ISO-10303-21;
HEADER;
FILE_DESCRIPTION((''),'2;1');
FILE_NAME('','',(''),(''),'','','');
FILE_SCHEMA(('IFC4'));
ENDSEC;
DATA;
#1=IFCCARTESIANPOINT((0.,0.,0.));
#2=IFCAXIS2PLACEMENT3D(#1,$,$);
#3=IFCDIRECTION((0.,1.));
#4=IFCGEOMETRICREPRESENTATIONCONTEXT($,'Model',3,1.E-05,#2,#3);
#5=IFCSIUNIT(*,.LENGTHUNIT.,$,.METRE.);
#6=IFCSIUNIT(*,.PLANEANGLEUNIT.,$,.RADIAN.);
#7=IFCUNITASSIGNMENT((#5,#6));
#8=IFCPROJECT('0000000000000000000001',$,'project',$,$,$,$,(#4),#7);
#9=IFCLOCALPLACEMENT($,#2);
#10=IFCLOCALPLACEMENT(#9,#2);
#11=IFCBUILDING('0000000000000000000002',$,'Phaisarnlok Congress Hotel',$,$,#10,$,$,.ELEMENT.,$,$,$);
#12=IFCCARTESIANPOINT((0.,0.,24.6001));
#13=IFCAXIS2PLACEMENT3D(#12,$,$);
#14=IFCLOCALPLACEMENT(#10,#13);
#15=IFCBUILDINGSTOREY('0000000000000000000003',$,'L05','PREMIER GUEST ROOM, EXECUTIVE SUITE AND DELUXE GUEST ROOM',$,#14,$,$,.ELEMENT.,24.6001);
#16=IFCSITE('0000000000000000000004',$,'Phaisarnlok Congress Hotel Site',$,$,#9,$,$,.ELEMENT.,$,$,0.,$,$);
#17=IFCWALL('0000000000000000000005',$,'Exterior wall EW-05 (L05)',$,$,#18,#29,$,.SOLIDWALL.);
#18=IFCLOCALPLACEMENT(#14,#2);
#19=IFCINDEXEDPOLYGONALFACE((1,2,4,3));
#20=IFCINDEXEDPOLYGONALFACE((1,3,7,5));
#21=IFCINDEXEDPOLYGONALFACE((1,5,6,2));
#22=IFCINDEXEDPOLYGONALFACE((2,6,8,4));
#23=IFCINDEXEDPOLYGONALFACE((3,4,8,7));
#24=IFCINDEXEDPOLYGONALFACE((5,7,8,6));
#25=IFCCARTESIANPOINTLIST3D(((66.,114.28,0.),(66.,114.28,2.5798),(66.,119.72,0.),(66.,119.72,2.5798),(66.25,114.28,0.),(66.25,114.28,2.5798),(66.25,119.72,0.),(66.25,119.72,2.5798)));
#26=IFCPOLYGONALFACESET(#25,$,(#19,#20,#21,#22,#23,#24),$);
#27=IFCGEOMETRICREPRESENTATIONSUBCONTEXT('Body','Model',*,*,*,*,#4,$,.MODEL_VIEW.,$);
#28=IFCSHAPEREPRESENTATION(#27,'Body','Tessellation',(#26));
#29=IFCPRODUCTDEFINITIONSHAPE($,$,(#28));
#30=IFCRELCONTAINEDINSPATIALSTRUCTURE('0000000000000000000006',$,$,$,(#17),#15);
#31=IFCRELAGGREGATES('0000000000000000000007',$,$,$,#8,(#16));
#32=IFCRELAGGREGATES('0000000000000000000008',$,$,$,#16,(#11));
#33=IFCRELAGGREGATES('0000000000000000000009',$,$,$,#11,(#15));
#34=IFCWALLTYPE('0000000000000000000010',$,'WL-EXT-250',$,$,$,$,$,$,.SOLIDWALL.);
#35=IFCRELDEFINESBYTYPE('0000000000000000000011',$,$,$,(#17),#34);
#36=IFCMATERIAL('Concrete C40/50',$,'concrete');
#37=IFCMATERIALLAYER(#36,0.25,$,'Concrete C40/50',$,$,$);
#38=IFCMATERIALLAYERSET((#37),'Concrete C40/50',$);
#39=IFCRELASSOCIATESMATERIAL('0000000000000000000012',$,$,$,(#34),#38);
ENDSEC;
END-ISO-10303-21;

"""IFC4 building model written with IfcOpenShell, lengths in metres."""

from ifc_helpers import new_model, si_unit, direction, frame, frame_2d, origin, place, context, subcontext, project, spatial, rectangle, extrude, material, layer, layer_set, type_object, element, save


model = new_model("IFC4")

# Units and contexts
model_context = context("Model", 3, precision=1e-05, world=origin(), true_north=direction((0.0, 1.0)))
body_context = subcontext(model_context, "Body", "Model", "MODEL_VIEW")
ifc_project = project(units=[si_unit("LENGTHUNIT", "METRE"), si_unit("PLANEANGLEUNIT", "RADIAN")], contexts=[model_context])

# Site, building, storey
site_placement = place(None, origin())
site = spatial("IfcSite", under=ifc_project, at=site_placement, Name="Phaisarnlok Congress Hotel Site", CompositionType="ELEMENT", RefElevation=0.0)
building_placement = place(site_placement, origin())
building = spatial("IfcBuilding", under=site, at=building_placement, Name="Phaisarnlok Congress Hotel", CompositionType="ELEMENT")
storey_placement = place(building_placement, frame((0.0, 0.0, 24.6001)))
storey = spatial("IfcBuildingStorey", under=building, at=storey_placement, Name="L05", Description="PREMIER GUEST ROOM, EXECUTIVE SUITE AND DELUXE GUEST ROOM", CompositionType="ELEMENT", Elevation=24.6001)

# Wall
ifc_material_1 = material(Name="Concrete C40/50", Category="concrete")
ifc_layer_1 = layer(ifc_material_1, 0.25, Name="Concrete C40/50")
ifc_layer_set_1 = layer_set([ifc_layer_1], Name="Concrete C40/50")
wall_type_1 = type_object("IfcWallType", Name="WL-EXT-250", PredefinedType="SOLIDWALL", material=ifc_layer_set_1)
wall_1_placement = place(storey_placement, frame((66.125, 119.72, 0.0), z_axis=(0.0, 0.0, 1.0), x_axis=(0.0, -1.0, 0.0)))
element("IfcWall", 1, at=wall_1_placement, inside=storey, type_object=wall_type_1, Name="Exterior wall EW-05 (L05)", PredefinedType="SOLIDWALL", context=body_context, shape_type="SweptSolid", body=[
    extrude(rectangle(XDim=5.4399, YDim=0.25, at=frame_2d((2.72, 0.0))), origin(), (0.0, 0.0, 1.0), 2.5798),
])

save(model, "model.ifc")
